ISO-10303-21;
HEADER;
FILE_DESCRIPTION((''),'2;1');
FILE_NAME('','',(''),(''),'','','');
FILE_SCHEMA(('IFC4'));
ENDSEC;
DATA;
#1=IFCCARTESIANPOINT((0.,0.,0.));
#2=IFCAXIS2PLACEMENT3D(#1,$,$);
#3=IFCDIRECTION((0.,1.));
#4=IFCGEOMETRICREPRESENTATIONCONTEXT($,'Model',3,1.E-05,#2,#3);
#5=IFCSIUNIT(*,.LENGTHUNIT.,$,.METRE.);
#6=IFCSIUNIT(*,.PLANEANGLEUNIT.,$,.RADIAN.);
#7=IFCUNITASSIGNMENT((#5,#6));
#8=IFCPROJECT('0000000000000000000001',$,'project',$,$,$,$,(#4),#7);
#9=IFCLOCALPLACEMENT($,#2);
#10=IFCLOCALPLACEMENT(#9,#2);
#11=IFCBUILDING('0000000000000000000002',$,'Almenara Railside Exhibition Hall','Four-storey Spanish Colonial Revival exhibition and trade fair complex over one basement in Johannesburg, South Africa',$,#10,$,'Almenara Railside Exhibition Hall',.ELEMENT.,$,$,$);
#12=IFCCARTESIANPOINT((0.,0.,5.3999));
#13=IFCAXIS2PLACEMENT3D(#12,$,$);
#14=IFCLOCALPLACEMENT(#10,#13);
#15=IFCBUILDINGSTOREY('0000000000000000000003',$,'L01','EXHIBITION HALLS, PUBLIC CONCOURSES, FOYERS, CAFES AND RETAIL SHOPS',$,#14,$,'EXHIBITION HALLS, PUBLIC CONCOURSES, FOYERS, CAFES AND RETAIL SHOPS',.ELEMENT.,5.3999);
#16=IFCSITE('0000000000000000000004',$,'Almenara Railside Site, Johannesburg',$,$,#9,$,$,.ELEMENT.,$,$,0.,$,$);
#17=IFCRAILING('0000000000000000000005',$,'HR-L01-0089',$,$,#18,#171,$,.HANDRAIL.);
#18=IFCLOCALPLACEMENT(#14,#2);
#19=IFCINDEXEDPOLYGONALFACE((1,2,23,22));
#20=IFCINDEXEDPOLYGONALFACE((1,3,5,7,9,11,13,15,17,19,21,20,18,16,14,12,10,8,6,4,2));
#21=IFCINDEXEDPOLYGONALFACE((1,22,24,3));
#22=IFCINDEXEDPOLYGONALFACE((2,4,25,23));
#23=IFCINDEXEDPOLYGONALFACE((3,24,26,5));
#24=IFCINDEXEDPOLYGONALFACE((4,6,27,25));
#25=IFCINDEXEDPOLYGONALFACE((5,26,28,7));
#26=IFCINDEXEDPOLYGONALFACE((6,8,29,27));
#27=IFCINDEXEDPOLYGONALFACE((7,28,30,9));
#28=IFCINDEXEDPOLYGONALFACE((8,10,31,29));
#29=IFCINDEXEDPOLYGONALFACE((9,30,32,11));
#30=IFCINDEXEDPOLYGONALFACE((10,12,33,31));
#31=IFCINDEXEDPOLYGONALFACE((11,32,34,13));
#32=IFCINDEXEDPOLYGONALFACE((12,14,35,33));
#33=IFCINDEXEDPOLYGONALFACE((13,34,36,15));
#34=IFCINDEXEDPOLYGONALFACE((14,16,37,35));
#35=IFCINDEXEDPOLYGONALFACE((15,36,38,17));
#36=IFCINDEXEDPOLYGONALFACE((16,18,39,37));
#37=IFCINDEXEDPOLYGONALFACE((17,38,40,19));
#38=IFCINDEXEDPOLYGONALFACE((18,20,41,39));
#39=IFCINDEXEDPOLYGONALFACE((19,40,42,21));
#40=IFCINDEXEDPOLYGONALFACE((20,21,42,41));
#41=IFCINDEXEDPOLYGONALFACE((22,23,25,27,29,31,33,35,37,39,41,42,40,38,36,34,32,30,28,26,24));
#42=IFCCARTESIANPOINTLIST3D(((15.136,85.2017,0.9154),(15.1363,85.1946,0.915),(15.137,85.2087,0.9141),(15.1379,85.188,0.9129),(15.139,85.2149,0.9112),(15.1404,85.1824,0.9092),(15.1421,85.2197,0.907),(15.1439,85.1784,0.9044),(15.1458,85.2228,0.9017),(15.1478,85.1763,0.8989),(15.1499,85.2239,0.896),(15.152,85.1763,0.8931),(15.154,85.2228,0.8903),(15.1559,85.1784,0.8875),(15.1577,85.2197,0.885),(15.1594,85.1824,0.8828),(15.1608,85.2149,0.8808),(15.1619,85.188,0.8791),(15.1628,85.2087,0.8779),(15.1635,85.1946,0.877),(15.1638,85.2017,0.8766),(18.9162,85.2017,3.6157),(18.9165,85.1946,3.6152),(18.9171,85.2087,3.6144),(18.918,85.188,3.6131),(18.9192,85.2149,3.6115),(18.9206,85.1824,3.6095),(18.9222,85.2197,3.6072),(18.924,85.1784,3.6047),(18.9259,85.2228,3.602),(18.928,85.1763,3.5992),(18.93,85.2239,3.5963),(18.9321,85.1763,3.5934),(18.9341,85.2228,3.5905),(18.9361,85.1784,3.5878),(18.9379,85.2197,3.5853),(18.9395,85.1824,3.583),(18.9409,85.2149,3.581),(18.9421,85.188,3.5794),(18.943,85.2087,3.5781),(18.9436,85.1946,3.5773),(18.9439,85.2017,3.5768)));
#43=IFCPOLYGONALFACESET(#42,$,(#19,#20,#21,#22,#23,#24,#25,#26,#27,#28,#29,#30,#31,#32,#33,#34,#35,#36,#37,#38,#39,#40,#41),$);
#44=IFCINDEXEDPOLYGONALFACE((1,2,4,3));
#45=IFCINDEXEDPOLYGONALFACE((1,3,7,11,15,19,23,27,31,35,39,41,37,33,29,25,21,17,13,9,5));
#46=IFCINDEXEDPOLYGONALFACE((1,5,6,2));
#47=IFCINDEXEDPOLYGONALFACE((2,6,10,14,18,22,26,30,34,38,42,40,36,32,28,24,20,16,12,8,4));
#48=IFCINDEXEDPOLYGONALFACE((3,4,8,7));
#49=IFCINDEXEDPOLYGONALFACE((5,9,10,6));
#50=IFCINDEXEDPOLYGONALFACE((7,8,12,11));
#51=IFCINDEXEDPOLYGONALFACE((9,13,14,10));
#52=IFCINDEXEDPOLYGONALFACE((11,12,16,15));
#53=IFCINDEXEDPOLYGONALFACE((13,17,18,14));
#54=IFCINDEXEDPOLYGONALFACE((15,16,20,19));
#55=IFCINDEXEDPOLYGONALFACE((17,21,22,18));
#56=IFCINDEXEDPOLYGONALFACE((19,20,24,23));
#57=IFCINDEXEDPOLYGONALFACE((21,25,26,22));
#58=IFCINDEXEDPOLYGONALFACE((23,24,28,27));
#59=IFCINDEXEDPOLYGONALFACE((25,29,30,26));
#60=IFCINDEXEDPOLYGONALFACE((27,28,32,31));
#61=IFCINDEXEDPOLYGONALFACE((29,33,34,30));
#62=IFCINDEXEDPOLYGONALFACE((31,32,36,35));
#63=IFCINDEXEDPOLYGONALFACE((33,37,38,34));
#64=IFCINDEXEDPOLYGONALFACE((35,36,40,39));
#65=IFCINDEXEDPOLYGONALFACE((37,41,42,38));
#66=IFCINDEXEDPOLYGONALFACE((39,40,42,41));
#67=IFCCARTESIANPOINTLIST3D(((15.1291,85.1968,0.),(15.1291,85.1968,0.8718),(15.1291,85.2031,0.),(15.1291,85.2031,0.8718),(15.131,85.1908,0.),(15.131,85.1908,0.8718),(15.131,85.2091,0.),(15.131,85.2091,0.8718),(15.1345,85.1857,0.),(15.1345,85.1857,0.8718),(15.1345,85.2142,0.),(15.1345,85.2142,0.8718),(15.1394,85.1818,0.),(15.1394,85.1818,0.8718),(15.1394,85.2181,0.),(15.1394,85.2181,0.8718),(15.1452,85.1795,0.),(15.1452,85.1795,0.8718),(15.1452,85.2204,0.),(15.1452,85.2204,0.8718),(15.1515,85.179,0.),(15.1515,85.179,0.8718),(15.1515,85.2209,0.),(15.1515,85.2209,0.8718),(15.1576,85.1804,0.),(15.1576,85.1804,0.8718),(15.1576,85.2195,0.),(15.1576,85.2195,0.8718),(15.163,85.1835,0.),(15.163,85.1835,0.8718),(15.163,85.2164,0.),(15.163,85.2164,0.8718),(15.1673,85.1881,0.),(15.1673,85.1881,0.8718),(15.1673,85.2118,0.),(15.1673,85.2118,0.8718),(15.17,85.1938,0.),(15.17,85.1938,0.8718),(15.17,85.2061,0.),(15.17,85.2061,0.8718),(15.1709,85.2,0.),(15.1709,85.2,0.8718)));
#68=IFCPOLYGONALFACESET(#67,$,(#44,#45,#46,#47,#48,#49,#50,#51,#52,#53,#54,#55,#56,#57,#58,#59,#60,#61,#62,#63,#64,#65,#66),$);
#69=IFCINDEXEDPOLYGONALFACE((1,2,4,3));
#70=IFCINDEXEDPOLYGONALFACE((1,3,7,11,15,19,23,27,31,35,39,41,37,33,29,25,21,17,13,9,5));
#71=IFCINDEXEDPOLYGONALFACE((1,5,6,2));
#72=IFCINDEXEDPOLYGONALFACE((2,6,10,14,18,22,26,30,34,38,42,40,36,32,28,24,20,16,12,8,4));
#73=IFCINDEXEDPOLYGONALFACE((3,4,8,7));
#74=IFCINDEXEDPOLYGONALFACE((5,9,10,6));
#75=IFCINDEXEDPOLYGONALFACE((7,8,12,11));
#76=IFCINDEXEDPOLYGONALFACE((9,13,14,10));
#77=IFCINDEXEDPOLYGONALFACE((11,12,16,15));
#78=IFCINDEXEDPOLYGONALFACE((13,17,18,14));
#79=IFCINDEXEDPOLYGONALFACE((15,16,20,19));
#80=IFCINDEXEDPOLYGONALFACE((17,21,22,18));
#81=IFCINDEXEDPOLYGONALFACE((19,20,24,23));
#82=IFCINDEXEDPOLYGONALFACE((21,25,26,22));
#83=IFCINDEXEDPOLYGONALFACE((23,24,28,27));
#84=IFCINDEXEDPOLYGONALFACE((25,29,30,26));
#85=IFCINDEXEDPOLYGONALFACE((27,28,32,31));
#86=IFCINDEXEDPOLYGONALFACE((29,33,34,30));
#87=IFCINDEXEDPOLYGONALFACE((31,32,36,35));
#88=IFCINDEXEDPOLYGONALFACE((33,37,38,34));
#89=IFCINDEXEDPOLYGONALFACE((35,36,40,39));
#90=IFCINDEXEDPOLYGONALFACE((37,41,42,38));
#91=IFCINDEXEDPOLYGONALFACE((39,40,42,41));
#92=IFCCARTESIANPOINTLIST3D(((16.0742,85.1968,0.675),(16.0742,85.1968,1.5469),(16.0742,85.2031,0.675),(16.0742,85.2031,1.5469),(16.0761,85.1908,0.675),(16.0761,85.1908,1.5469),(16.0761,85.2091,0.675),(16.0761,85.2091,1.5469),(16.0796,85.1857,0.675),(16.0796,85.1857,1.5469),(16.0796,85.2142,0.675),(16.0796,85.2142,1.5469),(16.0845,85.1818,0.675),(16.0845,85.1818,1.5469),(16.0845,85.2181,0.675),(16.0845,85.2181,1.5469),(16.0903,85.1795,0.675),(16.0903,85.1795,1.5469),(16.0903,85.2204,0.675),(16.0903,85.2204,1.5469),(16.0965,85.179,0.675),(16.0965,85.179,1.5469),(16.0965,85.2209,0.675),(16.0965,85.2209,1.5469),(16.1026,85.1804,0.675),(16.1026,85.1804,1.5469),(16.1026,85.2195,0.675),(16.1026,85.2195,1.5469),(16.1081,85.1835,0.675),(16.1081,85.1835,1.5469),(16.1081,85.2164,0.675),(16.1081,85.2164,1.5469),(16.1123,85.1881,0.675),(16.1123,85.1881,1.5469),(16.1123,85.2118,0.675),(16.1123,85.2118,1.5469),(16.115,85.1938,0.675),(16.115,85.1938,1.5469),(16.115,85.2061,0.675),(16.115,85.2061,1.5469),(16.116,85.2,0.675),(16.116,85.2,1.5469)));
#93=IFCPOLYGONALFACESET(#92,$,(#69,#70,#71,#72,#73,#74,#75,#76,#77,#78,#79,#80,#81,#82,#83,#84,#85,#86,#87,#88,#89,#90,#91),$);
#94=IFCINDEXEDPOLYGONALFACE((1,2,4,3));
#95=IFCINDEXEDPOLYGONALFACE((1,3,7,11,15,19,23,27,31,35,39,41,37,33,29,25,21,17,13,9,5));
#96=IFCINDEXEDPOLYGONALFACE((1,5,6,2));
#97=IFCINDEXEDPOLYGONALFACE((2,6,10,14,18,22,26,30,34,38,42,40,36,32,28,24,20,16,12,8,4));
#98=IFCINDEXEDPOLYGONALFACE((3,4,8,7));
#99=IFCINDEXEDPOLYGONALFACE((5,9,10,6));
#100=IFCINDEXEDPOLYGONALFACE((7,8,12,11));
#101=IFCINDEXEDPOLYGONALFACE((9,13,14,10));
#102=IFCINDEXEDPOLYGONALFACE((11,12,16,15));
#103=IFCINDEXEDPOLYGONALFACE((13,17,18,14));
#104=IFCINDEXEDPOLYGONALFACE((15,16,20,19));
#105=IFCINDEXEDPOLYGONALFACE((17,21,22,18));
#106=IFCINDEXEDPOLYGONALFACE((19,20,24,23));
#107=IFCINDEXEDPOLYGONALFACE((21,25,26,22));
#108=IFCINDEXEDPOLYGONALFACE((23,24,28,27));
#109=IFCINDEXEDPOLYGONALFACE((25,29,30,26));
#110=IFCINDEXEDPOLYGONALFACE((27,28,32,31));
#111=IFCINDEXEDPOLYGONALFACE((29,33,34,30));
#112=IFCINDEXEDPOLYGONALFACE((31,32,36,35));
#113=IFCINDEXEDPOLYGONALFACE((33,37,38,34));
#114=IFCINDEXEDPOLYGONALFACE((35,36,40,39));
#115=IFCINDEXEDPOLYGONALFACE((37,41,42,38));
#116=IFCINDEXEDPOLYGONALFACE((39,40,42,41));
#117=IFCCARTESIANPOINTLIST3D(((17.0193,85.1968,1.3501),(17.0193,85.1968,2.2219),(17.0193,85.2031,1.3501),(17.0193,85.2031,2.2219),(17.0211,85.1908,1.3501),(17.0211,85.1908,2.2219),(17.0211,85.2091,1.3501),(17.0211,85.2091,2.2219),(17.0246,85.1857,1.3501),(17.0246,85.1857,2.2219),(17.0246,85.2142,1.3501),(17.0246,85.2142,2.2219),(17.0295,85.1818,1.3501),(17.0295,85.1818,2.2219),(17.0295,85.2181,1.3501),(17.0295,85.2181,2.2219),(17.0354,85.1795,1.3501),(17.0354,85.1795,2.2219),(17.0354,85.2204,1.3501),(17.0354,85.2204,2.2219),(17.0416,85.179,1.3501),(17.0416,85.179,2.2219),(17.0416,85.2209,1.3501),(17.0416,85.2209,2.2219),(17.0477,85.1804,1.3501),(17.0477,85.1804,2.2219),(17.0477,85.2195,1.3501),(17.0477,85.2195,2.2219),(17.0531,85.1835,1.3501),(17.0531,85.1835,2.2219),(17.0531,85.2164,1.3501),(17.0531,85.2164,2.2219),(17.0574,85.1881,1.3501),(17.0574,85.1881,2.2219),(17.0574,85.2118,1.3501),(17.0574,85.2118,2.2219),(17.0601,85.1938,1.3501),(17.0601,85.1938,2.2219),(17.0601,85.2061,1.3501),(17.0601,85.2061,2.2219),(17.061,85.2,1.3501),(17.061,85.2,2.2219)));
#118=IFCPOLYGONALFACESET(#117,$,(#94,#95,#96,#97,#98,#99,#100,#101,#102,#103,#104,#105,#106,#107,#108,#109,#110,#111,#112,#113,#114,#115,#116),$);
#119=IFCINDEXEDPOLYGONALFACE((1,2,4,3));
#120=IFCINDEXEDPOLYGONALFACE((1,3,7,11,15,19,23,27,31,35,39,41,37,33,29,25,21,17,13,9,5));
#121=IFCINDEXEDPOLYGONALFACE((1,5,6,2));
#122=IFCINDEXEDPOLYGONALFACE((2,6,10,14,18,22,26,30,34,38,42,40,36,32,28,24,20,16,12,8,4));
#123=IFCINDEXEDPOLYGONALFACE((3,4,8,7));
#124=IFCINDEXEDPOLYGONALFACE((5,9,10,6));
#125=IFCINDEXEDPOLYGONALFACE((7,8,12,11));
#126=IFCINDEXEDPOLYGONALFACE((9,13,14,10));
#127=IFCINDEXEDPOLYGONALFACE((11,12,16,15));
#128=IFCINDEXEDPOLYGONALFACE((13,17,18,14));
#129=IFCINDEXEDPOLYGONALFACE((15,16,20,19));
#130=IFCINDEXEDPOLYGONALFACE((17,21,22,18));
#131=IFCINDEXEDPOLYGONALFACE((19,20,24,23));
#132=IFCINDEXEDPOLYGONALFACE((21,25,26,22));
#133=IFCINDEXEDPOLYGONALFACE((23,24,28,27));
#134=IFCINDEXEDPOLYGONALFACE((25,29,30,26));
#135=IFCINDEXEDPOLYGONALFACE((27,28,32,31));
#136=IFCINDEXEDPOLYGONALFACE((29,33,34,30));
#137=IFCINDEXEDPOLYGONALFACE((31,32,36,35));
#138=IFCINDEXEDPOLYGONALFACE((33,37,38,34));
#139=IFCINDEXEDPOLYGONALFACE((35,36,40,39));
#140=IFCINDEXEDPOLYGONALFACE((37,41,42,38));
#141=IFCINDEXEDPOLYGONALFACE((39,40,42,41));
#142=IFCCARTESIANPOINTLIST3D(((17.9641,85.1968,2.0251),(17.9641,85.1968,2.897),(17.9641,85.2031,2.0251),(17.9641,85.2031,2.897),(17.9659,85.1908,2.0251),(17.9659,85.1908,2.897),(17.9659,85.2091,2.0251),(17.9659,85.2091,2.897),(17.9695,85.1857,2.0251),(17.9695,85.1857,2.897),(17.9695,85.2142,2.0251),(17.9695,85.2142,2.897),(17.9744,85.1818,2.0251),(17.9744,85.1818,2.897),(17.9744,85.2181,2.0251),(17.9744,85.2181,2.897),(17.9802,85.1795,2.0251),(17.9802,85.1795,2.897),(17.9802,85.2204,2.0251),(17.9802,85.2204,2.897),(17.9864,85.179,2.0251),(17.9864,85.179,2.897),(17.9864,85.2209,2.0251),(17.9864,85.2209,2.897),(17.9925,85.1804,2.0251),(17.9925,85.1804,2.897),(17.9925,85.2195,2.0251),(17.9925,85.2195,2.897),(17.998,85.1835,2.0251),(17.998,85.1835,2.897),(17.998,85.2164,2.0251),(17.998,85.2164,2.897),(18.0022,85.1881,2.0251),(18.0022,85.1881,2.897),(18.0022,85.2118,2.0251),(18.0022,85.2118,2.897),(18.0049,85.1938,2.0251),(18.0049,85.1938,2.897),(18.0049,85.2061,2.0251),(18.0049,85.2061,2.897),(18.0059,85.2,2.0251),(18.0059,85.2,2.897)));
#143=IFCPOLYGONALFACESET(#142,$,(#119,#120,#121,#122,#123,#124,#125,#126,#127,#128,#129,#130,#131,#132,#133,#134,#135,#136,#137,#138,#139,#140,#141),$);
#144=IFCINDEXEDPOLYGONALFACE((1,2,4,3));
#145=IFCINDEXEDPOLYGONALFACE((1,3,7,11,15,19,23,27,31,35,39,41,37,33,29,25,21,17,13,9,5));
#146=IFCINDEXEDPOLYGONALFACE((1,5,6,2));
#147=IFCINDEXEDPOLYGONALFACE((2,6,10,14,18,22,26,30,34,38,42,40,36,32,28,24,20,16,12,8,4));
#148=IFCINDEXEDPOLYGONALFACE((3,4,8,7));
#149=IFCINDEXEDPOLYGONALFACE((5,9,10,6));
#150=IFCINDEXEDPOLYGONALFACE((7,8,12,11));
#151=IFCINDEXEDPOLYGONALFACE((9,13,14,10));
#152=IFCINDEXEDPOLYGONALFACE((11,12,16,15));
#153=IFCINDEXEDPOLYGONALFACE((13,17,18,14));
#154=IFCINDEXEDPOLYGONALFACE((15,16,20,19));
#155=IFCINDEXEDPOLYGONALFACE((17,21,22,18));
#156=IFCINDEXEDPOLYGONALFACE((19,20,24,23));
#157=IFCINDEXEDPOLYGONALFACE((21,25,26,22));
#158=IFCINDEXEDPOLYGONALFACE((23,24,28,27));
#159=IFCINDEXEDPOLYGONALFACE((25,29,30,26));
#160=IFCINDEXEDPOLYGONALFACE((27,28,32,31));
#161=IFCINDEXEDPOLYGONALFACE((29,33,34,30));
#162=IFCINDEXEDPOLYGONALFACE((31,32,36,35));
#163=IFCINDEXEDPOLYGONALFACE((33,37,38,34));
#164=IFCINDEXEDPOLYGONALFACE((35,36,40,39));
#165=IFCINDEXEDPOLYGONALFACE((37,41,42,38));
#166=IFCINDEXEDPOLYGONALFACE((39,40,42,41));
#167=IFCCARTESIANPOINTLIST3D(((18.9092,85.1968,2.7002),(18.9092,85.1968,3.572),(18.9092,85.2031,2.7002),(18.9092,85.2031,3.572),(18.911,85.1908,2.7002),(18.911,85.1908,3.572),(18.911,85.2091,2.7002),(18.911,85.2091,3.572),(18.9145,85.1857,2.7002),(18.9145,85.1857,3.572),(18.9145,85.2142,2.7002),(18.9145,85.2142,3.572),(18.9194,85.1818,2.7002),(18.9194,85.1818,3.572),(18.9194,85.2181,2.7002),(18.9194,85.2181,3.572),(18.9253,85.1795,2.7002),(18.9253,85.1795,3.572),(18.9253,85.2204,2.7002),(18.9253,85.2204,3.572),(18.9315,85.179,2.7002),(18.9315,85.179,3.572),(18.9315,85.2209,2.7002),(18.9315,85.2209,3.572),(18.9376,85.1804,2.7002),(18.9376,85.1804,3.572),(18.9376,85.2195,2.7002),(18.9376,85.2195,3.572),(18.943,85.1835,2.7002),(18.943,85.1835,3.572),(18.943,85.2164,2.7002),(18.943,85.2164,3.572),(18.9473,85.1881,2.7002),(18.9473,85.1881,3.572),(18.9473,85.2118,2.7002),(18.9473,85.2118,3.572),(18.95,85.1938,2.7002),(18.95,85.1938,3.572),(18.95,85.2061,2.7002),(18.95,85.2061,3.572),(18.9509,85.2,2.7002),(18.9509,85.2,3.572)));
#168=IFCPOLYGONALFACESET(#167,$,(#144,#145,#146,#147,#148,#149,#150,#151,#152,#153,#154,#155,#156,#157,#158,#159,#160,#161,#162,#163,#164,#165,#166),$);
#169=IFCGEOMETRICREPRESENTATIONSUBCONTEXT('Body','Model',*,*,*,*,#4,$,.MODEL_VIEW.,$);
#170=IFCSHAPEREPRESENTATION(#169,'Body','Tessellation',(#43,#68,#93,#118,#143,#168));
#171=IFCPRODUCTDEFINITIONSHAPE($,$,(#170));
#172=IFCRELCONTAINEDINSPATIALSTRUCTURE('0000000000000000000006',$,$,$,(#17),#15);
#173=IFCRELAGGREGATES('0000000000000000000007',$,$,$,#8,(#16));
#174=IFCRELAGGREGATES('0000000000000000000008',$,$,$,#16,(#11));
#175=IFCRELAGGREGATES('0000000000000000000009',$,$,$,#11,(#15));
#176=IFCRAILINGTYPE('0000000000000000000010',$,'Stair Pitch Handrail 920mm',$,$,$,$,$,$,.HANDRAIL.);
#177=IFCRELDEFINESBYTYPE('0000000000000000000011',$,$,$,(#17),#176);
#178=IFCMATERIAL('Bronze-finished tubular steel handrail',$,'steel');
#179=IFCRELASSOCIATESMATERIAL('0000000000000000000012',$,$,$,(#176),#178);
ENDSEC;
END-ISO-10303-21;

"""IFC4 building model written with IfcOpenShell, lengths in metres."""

from ifc_helpers import new_model, si_unit, direction, frame, origin, origin_2d, place, context, subcontext, project, spatial, circle, extrude, material, type_object, element, save


model = new_model("IFC4")

# Units and contexts
model_context = context("Model", 3, precision=1e-05, world=origin(), true_north=direction((0.0, 1.0)))
body_context = subcontext(model_context, "Body", "Model", "MODEL_VIEW")
ifc_project = project(units=[si_unit("LENGTHUNIT", "METRE"), si_unit("PLANEANGLEUNIT", "RADIAN")], contexts=[model_context])

# Site, building, storey
site_placement = place(None, origin())
site = spatial("IfcSite", under=ifc_project, at=site_placement, Name="Almenara Railside Site, Johannesburg", CompositionType="ELEMENT", RefElevation=0.0)
building_placement = place(site_placement, origin())
building = spatial("IfcBuilding", under=site, at=building_placement, Name="Almenara Railside Exhibition Hall", Description="Four-storey Spanish Colonial Revival exhibition and trade fair complex over one basement in Johannesburg, South Africa", LongName="Almenara Railside Exhibition Hall", CompositionType="ELEMENT")
storey_placement = place(building_placement, frame((0.0, 0.0, 5.3999)))
storey = spatial("IfcBuildingStorey", under=building, at=storey_placement, Name="L01", Description="EXHIBITION HALLS, PUBLIC CONCOURSES, FOYERS, CAFES AND RETAIL SHOPS", LongName="EXHIBITION HALLS, PUBLIC CONCOURSES, FOYERS, CAFES AND RETAIL SHOPS", CompositionType="ELEMENT", Elevation=5.3999)

# Railing
ifc_material_1 = material(Name="Bronze-finished tubular steel handrail", Category="steel")
railing_type_1 = type_object("IfcRailingType", Name="Stair Pitch Handrail 920mm", PredefinedType="HANDRAIL", material=ifc_material_1)
railing_1_placement = place(storey_placement, frame((15.1499, 85.2, 0.0)))
element("IfcRailing", 1, at=railing_1_placement, inside=storey, type_object=railing_type_1, Name="HR-L01-0089", PredefinedType="HANDRAIL", context=body_context, shape_type="SweptSolid", body=[
    extrude(circle(Radius=0.0239, at=origin_2d()), frame((0.0, 0.0, 0.896), z_axis=(0.813716, 0.0, 0.581263), x_axis=(0.0, 1.0, 0.0)), (0.0, 0.0, 1.0), 4.6455),
    extrude(circle(Radius=0.021, at=origin_2d()), origin(), (0.0, 0.0, 1.0), 0.8718),
    extrude(circle(Radius=0.021, at=origin_2d()), frame((0.9451, 0.0, 0.675)), (0.0, 0.0, 1.0), 0.8718),
    extrude(circle(Radius=0.021, at=origin_2d()), frame((1.8901, 0.0, 1.3501)), (0.0, 0.0, 1.0), 0.8718),
    extrude(circle(Radius=0.021, at=origin_2d()), frame((2.835, 0.0, 2.0251)), (0.0, 0.0, 1.0), 0.8718),
    extrude(circle(Radius=0.021, at=origin_2d()), frame((3.78, 0.0, 2.7002)), (0.0, 0.0, 1.0), 0.8718),
])

save(model, "model.ifc")
